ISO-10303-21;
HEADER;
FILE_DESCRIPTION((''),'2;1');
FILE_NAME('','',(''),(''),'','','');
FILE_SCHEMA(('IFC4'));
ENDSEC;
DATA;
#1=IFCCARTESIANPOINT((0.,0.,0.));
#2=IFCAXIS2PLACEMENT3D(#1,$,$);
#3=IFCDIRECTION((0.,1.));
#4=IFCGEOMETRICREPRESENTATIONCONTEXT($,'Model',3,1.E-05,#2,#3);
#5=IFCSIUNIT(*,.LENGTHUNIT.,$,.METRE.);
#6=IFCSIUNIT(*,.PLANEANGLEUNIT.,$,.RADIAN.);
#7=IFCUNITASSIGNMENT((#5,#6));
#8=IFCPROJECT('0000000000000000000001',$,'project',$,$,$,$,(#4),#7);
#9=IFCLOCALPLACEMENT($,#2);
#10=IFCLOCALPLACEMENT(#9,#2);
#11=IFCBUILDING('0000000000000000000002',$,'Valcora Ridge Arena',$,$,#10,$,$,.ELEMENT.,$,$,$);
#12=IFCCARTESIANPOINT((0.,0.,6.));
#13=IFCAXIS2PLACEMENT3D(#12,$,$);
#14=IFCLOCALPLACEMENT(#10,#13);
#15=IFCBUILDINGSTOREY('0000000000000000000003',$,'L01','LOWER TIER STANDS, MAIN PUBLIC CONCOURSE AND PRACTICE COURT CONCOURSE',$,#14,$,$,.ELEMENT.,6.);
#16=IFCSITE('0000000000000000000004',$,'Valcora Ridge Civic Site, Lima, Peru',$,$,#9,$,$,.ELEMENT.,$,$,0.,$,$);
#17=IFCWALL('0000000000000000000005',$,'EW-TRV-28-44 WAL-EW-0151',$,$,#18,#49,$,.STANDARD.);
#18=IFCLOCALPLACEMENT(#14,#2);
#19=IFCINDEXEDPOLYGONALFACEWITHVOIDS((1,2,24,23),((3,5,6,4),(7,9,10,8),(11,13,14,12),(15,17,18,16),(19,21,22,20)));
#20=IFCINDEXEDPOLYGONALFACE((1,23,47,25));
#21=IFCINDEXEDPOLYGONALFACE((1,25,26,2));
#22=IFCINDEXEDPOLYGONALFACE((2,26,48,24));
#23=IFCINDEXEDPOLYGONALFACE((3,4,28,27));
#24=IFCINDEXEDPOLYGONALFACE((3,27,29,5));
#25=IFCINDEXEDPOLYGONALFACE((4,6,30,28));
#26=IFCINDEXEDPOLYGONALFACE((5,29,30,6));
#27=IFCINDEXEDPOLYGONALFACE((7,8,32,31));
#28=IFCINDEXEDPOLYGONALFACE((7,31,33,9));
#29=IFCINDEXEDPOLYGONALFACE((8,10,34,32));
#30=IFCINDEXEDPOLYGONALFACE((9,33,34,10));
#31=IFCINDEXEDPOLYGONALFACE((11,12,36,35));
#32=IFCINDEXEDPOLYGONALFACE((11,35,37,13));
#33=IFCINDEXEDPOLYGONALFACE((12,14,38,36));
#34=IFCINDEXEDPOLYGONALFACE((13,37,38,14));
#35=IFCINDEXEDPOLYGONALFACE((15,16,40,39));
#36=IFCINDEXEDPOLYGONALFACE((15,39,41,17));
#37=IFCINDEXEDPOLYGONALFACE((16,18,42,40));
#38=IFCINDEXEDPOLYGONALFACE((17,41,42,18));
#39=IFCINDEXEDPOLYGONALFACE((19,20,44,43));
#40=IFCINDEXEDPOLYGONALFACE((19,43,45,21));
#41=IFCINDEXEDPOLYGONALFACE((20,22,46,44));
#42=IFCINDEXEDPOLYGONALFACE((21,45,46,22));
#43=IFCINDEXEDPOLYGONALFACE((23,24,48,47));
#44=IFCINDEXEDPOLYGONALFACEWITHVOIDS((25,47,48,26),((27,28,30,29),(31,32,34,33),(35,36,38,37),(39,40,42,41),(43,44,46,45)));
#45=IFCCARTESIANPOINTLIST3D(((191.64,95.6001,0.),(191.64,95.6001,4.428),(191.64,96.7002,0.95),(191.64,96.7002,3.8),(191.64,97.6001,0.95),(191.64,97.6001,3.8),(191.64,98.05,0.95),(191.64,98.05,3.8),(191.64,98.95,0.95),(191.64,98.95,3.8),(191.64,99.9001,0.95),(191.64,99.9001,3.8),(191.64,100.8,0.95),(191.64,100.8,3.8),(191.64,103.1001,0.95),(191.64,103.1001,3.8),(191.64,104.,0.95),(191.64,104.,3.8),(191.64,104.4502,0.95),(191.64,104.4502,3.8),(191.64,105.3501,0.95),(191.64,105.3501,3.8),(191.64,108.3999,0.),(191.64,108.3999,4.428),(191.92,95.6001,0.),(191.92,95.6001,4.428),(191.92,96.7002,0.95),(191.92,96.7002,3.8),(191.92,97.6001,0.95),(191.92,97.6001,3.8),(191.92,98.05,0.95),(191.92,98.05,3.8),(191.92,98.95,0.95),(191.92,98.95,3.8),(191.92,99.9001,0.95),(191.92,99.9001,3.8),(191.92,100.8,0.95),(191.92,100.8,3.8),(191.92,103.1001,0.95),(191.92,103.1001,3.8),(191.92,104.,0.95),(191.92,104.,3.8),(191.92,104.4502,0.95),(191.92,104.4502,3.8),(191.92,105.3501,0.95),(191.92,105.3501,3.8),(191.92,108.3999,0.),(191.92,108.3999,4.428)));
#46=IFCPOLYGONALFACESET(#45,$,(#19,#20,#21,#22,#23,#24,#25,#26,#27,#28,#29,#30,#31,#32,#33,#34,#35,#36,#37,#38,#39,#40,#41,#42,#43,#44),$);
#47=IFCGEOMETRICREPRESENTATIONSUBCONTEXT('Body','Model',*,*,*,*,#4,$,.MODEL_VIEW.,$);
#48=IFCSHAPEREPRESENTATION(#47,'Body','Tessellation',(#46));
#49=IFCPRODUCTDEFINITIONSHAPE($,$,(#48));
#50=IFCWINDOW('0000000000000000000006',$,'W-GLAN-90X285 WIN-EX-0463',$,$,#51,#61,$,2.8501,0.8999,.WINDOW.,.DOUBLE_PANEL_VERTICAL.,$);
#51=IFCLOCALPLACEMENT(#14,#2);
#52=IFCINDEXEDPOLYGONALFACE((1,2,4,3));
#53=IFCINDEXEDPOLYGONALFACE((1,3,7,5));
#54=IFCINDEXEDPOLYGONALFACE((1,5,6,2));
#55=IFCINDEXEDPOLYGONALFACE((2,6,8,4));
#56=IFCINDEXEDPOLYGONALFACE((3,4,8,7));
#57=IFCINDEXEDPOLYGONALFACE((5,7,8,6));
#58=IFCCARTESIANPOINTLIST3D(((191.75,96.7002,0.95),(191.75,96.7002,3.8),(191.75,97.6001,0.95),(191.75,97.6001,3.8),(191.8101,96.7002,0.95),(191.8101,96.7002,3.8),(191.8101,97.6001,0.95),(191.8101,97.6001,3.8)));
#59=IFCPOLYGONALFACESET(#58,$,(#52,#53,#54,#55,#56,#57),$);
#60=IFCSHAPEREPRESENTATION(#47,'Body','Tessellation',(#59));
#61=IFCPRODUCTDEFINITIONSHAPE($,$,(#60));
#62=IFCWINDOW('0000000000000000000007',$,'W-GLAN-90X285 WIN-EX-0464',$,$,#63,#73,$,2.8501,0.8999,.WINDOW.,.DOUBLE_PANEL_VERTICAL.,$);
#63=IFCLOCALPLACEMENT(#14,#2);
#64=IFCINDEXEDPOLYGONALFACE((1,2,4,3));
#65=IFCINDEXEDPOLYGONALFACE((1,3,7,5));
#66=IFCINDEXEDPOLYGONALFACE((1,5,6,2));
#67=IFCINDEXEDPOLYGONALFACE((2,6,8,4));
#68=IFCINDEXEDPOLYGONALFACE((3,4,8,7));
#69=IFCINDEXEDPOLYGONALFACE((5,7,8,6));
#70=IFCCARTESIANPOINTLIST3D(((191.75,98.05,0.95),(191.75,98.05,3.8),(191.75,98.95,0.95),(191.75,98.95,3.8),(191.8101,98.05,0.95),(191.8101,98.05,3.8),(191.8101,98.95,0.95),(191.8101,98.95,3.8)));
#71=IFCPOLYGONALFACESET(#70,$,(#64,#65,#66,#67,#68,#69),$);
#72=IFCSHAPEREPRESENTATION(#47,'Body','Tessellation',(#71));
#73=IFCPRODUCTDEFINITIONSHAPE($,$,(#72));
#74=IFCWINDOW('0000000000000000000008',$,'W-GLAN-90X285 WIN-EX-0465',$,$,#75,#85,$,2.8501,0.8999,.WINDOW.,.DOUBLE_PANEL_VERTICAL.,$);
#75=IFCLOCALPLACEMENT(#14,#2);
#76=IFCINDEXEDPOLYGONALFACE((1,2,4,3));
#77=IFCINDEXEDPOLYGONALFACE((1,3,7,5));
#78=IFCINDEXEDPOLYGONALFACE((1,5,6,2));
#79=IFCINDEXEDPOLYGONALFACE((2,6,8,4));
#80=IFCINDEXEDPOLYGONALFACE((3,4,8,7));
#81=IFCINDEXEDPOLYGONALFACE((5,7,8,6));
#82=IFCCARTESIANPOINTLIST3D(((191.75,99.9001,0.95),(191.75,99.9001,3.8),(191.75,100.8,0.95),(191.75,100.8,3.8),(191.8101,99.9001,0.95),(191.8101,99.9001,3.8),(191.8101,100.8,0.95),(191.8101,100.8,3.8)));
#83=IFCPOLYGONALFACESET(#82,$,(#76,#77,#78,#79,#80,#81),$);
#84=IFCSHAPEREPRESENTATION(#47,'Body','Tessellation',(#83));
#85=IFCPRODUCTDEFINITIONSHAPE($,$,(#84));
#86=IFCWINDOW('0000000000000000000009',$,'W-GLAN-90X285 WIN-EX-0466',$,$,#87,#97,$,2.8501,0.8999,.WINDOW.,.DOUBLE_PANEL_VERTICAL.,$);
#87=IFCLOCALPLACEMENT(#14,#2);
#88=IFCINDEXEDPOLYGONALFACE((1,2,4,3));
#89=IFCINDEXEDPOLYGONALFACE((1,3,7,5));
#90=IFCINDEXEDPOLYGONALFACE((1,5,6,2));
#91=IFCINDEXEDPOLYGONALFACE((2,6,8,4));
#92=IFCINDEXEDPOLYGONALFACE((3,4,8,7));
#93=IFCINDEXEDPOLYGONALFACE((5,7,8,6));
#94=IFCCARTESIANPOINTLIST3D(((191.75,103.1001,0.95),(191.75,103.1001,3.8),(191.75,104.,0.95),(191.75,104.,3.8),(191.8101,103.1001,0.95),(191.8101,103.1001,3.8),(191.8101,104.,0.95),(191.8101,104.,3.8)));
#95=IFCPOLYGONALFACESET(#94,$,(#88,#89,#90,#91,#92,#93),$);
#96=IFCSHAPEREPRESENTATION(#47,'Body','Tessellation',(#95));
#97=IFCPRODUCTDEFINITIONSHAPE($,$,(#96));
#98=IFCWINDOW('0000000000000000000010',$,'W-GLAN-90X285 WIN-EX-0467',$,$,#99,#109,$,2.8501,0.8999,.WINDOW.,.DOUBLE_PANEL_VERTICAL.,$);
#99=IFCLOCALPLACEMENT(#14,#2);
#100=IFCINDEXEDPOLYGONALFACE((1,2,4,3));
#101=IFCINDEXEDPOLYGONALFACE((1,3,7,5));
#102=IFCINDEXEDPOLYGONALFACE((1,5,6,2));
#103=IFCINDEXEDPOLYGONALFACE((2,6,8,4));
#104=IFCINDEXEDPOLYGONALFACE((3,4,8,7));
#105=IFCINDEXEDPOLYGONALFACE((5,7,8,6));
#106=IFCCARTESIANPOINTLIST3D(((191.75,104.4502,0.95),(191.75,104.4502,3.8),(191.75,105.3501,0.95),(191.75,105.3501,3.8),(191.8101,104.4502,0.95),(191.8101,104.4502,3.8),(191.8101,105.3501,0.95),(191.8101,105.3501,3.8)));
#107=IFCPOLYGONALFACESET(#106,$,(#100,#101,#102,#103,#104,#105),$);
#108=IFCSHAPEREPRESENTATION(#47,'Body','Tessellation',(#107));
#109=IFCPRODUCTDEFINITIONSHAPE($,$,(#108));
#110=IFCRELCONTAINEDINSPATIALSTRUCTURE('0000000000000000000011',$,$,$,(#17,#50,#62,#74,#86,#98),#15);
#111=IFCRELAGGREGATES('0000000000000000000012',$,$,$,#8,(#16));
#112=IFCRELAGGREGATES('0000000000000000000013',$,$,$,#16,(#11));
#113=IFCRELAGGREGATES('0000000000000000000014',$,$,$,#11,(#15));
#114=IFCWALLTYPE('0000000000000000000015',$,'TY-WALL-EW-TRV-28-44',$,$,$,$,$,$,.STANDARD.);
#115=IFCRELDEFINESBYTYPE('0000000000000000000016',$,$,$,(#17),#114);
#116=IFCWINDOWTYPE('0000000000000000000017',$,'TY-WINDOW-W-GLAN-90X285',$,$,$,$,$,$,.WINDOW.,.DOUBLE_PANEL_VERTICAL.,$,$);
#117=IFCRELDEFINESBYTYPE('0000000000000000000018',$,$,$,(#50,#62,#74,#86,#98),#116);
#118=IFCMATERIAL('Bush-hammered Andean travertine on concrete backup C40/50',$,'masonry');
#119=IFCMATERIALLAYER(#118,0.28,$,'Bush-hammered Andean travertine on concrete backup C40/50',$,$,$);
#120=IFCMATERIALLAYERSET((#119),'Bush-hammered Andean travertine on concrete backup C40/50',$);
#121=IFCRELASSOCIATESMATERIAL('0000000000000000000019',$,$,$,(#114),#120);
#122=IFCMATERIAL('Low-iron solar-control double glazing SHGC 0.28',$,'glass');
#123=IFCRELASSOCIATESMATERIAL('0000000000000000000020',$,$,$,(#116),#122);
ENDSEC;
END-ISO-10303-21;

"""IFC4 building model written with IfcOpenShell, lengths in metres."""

from ifc_helpers import new_model, si_unit, direction, frame, frame_2d, origin, place, context, subcontext, project, spatial, rectangle, extrude, material, layer, layer_set, type_object, element, fill, save


model = new_model("IFC4")

# Units and contexts
model_context = context("Model", 3, precision=1e-05, world=origin(), true_north=direction((0.0, 1.0)))
body_context = subcontext(model_context, "Body", "Model", "MODEL_VIEW")
ifc_project = project(units=[si_unit("LENGTHUNIT", "METRE"), si_unit("PLANEANGLEUNIT", "RADIAN")], contexts=[model_context])

# Site, building, storey
site_placement = place(None, origin())
site = spatial("IfcSite", under=ifc_project, at=site_placement, Name="Valcora Ridge Civic Site, Lima, Peru", CompositionType="ELEMENT", RefElevation=0.0)
building_placement = place(site_placement, origin())
building = spatial("IfcBuilding", under=site, at=building_placement, Name="Valcora Ridge Arena", CompositionType="ELEMENT")
storey_placement = place(building_placement, frame((0.0, 0.0, 6.0)))
storey = spatial("IfcBuildingStorey", under=building, at=storey_placement, Name="L01", Description="LOWER TIER STANDS, MAIN PUBLIC CONCOURSE AND PRACTICE COURT CONCOURSE", CompositionType="ELEMENT", Elevation=6.0)

# Shared definitions
ifc_material_1 = material(Name="Low-iron solar-control double glazing SHGC 0.28", Category="glass")

# Wall, openings, windows
ifc_material_2 = material(Name="Bush-hammered Andean travertine on concrete backup C40/50", Category="masonry")
ifc_layer_1 = layer(ifc_material_2, 0.28, Name="Bush-hammered Andean travertine on concrete backup C40/50")
ifc_layer_set_1 = layer_set([ifc_layer_1], Name="Bush-hammered Andean travertine on concrete backup C40/50")
wall_type_1 = type_object("IfcWallType", Name="TY-WALL-EW-TRV-28-44", PredefinedType="STANDARD", material=ifc_layer_set_1)
wall_1_placement = place(storey_placement, frame((191.78, 95.6001, 0.0), z_axis=(0.0, 0.0, 1.0), x_axis=(0.0, 1.0, 0.0)))
wall_1 = element("IfcWall", 1, at=wall_1_placement, inside=storey, type_object=wall_type_1, Name="EW-TRV-28-44 WAL-EW-0151", PredefinedType="STANDARD", context=body_context, shape_type="SweptSolid", body=[
    extrude(rectangle(XDim=12.7998, YDim=0.28, at=frame_2d((6.3999, 0.0))), origin(), (0.0, 0.0, 1.0), 4.428),
])
opening_1_placement = place(wall_1_placement, frame((1.1001, 0.0, 0.95)))
opening_1 = element("IfcOpeningElement", 2, at=opening_1_placement, cuts=wall_1, PredefinedType="OPENING", context=body_context, shape_type="SweptSolid", body=[
    extrude(rectangle(XDim=0.8999, YDim=2.8501, at=frame_2d((0.45, 1.425))), frame((0.0, 0.1499, 0.0), z_axis=(0.0, -1.0, 0.0), x_axis=(1.0, 0.0, 0.0)), (0.0, 0.0, 1.0), 0.3),
])
opening_2_placement = place(wall_1_placement, frame((2.45, 0.0, 0.95)))
opening_2 = element("IfcOpeningElement", 3, at=opening_2_placement, cuts=wall_1, PredefinedType="OPENING", context=body_context, shape_type="SweptSolid", body=[
    extrude(rectangle(XDim=0.8999, YDim=2.8501, at=frame_2d((0.45, 1.425))), frame((0.0, 0.1499, 0.0), z_axis=(0.0, -1.0, 0.0), x_axis=(1.0, 0.0, 0.0)), (0.0, 0.0, 1.0), 0.3),
])
opening_3_placement = place(wall_1_placement, frame((4.3, 0.0, 0.95)))
opening_3 = element("IfcOpeningElement", 4, at=opening_3_placement, cuts=wall_1, PredefinedType="OPENING", context=body_context, shape_type="SweptSolid", body=[
    extrude(rectangle(XDim=0.8999, YDim=2.8501, at=frame_2d((0.45, 1.425))), frame((0.0, 0.1499, 0.0), z_axis=(0.0, -1.0, 0.0), x_axis=(1.0, 0.0, 0.0)), (0.0, 0.0, 1.0), 0.3),
])
opening_4_placement = place(wall_1_placement, frame((7.5, 0.0, 0.95)))
opening_4 = element("IfcOpeningElement", 5, at=opening_4_placement, cuts=wall_1, PredefinedType="OPENING", context=body_context, shape_type="SweptSolid", body=[
    extrude(rectangle(XDim=0.8999, YDim=2.8501, at=frame_2d((0.45, 1.425))), frame((0.0, 0.1499, 0.0), z_axis=(0.0, -1.0, 0.0), x_axis=(1.0, 0.0, 0.0)), (0.0, 0.0, 1.0), 0.3),
])
opening_5_placement = place(wall_1_placement, frame((8.8501, 0.0, 0.95)))
opening_5 = element("IfcOpeningElement", 6, at=opening_5_placement, cuts=wall_1, PredefinedType="OPENING", context=body_context, shape_type="SweptSolid", body=[
    extrude(rectangle(XDim=0.8999, YDim=2.8501, at=frame_2d((0.45, 1.425))), frame((0.0, 0.1499, 0.0), z_axis=(0.0, -1.0, 0.0), x_axis=(1.0, 0.0, 0.0)), (0.0, 0.0, 1.0), 0.3),
])
window_type = type_object("IfcWindowType", Name="TY-WINDOW-W-GLAN-90X285", PartitioningType="DOUBLE_PANEL_VERTICAL", PredefinedType="WINDOW", material=ifc_material_1)
window_1_placement = place(opening_1_placement, origin())
window_1 = element("IfcWindow", 7, at=window_1_placement, inside=storey, type_object=window_type, Name="W-GLAN-90X285 WIN-EX-0463", OverallHeight=2.8501, OverallWidth=0.8999, PartitioningType="DOUBLE_PANEL_VERTICAL", PredefinedType="WINDOW", context=body_context, shape_type="SweptSolid", body=[
    extrude(rectangle(XDim=0.8999, YDim=2.8501, at=frame_2d((0.45, 1.425))), frame((0.0, 0.03, 0.0), z_axis=(0.0, -1.0, 0.0), x_axis=(1.0, 0.0, 0.0)), (0.0, 0.0, 1.0), 0.0601),
])
fill(opening_1, window_1)
window_2_placement = place(opening_2_placement, origin())
window_2 = element("IfcWindow", 8, at=window_2_placement, inside=storey, type_object=window_type, Name="W-GLAN-90X285 WIN-EX-0464", OverallHeight=2.8501, OverallWidth=0.8999, PartitioningType="DOUBLE_PANEL_VERTICAL", PredefinedType="WINDOW", context=body_context, shape_type="SweptSolid", body=[
    extrude(rectangle(XDim=0.8999, YDim=2.8501, at=frame_2d((0.45, 1.425))), frame((0.0, 0.03, 0.0), z_axis=(0.0, -1.0, 0.0), x_axis=(1.0, 0.0, 0.0)), (0.0, 0.0, 1.0), 0.0601),
])
fill(opening_2, window_2)
window_3_placement = place(opening_3_placement, origin())
window_3 = element("IfcWindow", 9, at=window_3_placement, inside=storey, type_object=window_type, Name="W-GLAN-90X285 WIN-EX-0465", OverallHeight=2.8501, OverallWidth=0.8999, PartitioningType="DOUBLE_PANEL_VERTICAL", PredefinedType="WINDOW", context=body_context, shape_type="SweptSolid", body=[
    extrude(rectangle(XDim=0.8999, YDim=2.8501, at=frame_2d((0.45, 1.425))), frame((0.0, 0.03, 0.0), z_axis=(0.0, -1.0, 0.0), x_axis=(1.0, 0.0, 0.0)), (0.0, 0.0, 1.0), 0.0601),
])
fill(opening_3, window_3)
window_4_placement = place(opening_4_placement, origin())
window_4 = element("IfcWindow", 10, at=window_4_placement, inside=storey, type_object=window_type, Name="W-GLAN-90X285 WIN-EX-0466", OverallHeight=2.8501, OverallWidth=0.8999, PartitioningType="DOUBLE_PANEL_VERTICAL", PredefinedType="WINDOW", context=body_context, shape_type="SweptSolid", body=[
    extrude(rectangle(XDim=0.8999, YDim=2.8501, at=frame_2d((0.45, 1.425))), frame((0.0, 0.03, 0.0), z_axis=(0.0, -1.0, 0.0), x_axis=(1.0, 0.0, 0.0)), (0.0, 0.0, 1.0), 0.0601),
])
fill(opening_4, window_4)
window_5_placement = place(opening_5_placement, origin())
window_5 = element("IfcWindow", 11, at=window_5_placement, inside=storey, type_object=window_type, Name="W-GLAN-90X285 WIN-EX-0467", OverallHeight=2.8501, OverallWidth=0.8999, PartitioningType="DOUBLE_PANEL_VERTICAL", PredefinedType="WINDOW", context=body_context, shape_type="SweptSolid", body=[
    extrude(rectangle(XDim=0.8999, YDim=2.8501, at=frame_2d((0.45, 1.425))), frame((0.0, 0.03, 0.0), z_axis=(0.0, -1.0, 0.0), x_axis=(1.0, 0.0, 0.0)), (0.0, 0.0, 1.0), 0.0601),
])
fill(opening_5, window_5)

save(model, "model.ifc")
